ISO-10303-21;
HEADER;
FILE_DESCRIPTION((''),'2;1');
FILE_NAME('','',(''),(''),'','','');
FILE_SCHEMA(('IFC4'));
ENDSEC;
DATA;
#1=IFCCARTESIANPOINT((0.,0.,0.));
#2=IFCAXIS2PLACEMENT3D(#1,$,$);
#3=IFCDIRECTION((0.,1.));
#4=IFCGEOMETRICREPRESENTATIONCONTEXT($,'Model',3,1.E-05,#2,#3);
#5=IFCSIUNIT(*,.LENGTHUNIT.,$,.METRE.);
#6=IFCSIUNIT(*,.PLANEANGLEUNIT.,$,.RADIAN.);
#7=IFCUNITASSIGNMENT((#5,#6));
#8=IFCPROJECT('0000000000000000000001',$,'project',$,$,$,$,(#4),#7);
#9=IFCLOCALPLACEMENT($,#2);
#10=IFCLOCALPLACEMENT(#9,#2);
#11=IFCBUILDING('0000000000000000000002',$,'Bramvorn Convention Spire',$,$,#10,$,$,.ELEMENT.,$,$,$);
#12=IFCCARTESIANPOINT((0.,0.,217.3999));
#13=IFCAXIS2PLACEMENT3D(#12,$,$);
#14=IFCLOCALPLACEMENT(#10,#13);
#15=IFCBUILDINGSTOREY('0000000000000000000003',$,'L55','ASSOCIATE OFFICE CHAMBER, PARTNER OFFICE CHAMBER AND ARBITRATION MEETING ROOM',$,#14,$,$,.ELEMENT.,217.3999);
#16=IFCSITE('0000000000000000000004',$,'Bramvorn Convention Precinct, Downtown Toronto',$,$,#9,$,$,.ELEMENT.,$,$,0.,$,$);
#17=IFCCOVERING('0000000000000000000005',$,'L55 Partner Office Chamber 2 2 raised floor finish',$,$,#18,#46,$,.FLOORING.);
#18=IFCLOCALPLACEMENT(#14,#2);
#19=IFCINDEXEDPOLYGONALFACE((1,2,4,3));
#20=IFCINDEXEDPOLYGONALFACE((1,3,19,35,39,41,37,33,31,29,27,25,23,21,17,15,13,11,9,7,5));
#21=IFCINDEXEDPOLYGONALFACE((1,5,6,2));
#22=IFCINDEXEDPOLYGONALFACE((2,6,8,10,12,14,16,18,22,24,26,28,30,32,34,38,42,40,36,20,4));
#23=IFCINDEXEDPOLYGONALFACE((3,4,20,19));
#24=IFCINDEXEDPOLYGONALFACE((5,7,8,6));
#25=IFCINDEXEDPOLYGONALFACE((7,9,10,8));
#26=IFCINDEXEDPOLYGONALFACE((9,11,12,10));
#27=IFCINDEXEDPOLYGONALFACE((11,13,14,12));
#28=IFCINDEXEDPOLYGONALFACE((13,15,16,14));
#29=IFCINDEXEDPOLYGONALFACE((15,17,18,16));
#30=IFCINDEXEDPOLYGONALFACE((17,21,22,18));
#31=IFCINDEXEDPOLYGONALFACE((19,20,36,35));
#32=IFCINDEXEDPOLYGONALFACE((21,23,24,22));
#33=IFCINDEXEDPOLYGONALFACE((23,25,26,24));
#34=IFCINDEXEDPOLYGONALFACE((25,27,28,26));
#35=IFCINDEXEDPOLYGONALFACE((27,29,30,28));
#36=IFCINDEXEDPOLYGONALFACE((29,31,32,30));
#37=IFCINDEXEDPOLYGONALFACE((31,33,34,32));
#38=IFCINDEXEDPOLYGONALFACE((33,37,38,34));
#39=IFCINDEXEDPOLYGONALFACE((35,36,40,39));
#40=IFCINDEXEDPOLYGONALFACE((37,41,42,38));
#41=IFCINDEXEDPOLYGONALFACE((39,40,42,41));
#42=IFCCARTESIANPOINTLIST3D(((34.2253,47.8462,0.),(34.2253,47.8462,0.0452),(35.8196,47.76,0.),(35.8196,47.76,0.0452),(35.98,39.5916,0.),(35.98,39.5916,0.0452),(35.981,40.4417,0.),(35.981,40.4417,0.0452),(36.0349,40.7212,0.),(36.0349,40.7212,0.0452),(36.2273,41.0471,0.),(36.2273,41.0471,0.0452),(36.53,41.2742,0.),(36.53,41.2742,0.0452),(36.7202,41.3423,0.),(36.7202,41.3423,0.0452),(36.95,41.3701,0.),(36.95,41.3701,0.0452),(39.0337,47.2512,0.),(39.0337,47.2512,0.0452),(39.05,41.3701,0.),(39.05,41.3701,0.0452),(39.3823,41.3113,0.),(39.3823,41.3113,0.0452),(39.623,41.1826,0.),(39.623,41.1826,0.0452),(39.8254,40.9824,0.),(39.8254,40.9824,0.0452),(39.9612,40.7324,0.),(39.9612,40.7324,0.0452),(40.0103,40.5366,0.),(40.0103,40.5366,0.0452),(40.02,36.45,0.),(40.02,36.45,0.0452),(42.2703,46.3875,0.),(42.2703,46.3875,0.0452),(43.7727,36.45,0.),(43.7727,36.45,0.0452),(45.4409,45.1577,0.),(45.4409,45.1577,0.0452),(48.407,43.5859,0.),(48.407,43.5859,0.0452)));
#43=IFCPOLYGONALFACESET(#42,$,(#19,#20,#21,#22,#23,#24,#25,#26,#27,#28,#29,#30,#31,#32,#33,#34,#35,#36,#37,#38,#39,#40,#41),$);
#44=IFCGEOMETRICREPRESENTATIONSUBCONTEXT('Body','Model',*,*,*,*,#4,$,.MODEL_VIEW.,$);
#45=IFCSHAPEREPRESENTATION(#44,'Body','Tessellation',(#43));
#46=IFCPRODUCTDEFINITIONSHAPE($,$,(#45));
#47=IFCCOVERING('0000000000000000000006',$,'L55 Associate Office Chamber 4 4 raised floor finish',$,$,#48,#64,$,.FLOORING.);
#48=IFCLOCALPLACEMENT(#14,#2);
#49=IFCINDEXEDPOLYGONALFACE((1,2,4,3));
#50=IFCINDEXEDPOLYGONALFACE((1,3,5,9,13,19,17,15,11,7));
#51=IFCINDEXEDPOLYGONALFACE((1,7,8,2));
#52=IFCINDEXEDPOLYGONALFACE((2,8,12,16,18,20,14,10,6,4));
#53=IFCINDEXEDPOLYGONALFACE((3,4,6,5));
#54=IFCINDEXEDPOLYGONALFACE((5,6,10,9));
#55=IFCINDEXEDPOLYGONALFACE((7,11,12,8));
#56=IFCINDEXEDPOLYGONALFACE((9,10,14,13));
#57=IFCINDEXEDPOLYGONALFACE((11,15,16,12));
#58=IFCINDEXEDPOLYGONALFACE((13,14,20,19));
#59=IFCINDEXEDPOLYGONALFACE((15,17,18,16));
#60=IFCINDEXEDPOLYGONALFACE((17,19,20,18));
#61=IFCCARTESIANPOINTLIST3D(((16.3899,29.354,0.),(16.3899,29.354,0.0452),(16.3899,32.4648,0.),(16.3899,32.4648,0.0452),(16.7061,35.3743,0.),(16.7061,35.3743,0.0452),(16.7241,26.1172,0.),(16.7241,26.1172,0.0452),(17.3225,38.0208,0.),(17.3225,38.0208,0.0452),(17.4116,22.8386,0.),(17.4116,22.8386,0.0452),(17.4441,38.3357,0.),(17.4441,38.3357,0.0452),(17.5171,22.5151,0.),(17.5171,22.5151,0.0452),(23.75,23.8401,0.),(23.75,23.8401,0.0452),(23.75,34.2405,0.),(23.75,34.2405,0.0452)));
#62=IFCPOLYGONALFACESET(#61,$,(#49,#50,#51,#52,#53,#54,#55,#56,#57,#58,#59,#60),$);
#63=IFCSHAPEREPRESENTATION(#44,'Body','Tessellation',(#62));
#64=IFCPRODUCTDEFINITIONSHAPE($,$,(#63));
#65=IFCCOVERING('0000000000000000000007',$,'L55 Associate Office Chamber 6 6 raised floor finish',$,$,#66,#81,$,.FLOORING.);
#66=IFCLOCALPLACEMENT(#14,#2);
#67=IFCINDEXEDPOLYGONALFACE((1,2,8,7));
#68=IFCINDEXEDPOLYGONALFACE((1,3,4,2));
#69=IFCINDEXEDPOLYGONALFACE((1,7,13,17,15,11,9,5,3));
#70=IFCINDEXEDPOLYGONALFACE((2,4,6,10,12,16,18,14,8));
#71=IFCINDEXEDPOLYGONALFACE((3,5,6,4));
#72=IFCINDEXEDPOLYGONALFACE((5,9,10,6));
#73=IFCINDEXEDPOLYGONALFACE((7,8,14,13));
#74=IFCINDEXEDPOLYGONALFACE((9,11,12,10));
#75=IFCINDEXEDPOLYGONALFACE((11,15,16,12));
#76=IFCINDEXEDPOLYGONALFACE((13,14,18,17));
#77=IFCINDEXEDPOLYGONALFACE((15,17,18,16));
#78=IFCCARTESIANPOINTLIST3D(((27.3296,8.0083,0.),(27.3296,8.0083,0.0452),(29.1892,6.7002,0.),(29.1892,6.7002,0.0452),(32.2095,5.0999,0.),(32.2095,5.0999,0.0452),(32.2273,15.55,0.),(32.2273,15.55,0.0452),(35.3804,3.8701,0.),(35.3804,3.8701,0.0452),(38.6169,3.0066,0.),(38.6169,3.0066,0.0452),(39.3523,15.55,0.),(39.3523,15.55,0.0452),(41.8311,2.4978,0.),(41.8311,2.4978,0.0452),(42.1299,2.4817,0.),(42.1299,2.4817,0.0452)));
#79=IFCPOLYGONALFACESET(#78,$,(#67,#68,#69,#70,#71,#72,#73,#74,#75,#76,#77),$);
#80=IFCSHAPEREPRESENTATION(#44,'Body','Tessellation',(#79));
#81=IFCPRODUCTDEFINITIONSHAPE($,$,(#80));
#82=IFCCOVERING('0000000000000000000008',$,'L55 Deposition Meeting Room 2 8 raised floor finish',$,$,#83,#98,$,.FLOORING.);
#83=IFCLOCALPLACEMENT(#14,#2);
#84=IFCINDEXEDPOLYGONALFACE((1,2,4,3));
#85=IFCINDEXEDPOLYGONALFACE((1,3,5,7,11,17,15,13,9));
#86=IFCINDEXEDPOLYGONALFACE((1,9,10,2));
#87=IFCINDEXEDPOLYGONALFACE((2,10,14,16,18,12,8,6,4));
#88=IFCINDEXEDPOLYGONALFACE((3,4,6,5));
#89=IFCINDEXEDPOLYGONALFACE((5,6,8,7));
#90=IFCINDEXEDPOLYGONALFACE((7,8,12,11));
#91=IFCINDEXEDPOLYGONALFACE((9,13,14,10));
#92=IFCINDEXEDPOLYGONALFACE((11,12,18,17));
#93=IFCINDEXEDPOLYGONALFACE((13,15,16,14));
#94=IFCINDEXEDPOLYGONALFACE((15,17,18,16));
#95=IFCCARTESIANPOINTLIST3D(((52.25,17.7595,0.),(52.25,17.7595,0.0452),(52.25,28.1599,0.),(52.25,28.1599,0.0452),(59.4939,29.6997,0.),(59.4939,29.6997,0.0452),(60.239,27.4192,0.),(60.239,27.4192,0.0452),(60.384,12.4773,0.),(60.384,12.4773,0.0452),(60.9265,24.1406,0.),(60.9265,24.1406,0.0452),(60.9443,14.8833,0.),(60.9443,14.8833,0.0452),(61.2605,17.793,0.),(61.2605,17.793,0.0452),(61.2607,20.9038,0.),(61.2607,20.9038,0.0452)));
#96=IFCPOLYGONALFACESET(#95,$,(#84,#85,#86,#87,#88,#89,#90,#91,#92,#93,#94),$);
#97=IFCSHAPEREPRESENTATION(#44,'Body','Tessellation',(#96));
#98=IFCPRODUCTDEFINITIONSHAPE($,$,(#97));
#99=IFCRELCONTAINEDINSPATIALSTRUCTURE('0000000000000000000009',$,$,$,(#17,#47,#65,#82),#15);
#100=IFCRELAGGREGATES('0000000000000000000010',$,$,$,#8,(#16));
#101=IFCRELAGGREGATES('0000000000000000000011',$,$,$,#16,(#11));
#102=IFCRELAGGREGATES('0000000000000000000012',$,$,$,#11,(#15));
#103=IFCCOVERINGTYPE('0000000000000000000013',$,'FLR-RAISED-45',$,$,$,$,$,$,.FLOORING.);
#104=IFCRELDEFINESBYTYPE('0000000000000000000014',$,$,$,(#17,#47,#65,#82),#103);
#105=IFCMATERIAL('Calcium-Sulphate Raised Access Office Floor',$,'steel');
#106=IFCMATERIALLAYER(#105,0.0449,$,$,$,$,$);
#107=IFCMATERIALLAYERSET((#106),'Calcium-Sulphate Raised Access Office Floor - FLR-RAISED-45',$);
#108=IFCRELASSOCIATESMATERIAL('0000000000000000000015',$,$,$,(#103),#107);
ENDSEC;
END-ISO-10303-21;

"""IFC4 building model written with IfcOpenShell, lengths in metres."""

from ifc_helpers import new_model, si_unit, direction, frame, origin, place, context, subcontext, project, spatial, polyline, outline, extrude, material, layer, layer_set, type_object, element, save


model = new_model("IFC4")

# Units and contexts
model_context = context("Model", 3, precision=1e-05, world=origin(), true_north=direction((0.0, 1.0)))
body_context = subcontext(model_context, "Body", "Model", "MODEL_VIEW")
ifc_project = project(units=[si_unit("LENGTHUNIT", "METRE"), si_unit("PLANEANGLEUNIT", "RADIAN")], contexts=[model_context])

# Site, building, storey
site_placement = place(None, origin())
site = spatial("IfcSite", under=ifc_project, at=site_placement, Name="Bramvorn Convention Precinct, Downtown Toronto", CompositionType="ELEMENT", RefElevation=0.0)
building_placement = place(site_placement, origin())
building = spatial("IfcBuilding", under=site, at=building_placement, Name="Bramvorn Convention Spire", CompositionType="ELEMENT")
storey_placement = place(building_placement, frame((0.0, 0.0, 217.3999)))
storey = spatial("IfcBuildingStorey", under=building, at=storey_placement, Name="L55", Description="ASSOCIATE OFFICE CHAMBER, PARTNER OFFICE CHAMBER AND ARBITRATION MEETING ROOM", CompositionType="ELEMENT", Elevation=217.3999)

# Coverings
ifc_material_1 = material(Name="Calcium-Sulphate Raised Access Office Floor", Category="steel")
ifc_layer_1 = layer(ifc_material_1, 0.0449)
ifc_layer_set_1 = layer_set([ifc_layer_1], Name="Calcium-Sulphate Raised Access Office Floor - FLR-RAISED-45")
covering_type = type_object("IfcCoveringType", Name="FLR-RAISED-45", PredefinedType="FLOORING", material=ifc_layer_set_1)
covering_1_placement = place(storey_placement, origin())
element("IfcCovering", 1, at=covering_1_placement, inside=storey, type_object=covering_type, Name="L55 Partner Office Chamber 2 2 raised floor finish", PredefinedType="FLOORING", context=body_context, shape_type="SweptSolid", body=[
    extrude(outline(polyline([(35.981, 40.4417), (36.0349, 40.7212), (36.2273, 41.0471), (36.53, 41.2742), (36.7202, 41.3423), (36.95, 41.3701), (39.05, 41.3701), (39.3823, 41.3113), (39.623, 41.1826), (39.8254, 40.9824), (39.9612, 40.7324), (40.0103, 40.5366), (40.02, 36.45), (43.7727, 36.45), (48.407, 43.5859), (45.4409, 45.1577), (42.2703, 46.3875), (39.0337, 47.2512), (35.8196, 47.76), (34.2253, 47.8462), (35.98, 39.5916), (35.981, 40.4417)])), origin(), (0.0, 0.0, 1.0), 0.0452),
])
covering_2_placement = place(storey_placement, origin())
element("IfcCovering", 2, at=covering_2_placement, inside=storey, type_object=covering_type, Name="L55 Associate Office Chamber 4 4 raised floor finish", PredefinedType="FLOORING", context=body_context, shape_type="SweptSolid", body=[
    extrude(outline(polyline([(17.4116, 22.8386), (17.5171, 22.5151), (23.75, 23.8401), (23.75, 34.2405), (17.4441, 38.3357), (17.3225, 38.0208), (16.7061, 35.3743), (16.3899, 32.4648), (16.3899, 29.354), (16.7241, 26.1172), (17.4116, 22.8386)])), origin(), (0.0, 0.0, 1.0), 0.0452),
])
covering_3_placement = place(storey_placement, origin())
element("IfcCovering", 3, at=covering_3_placement, inside=storey, type_object=covering_type, Name="L55 Associate Office Chamber 6 6 raised floor finish", PredefinedType="FLOORING", context=body_context, shape_type="SweptSolid", body=[
    extrude(outline(polyline([(41.8311, 2.4978), (42.1299, 2.4817), (39.3523, 15.55), (32.2273, 15.55), (27.3296, 8.0083), (29.1892, 6.7002), (32.2095, 5.0999), (35.3804, 3.8701), (38.6169, 3.0066), (41.8311, 2.4978)])), origin(), (0.0, 0.0, 1.0), 0.0452),
])
covering_4_placement = place(storey_placement, origin())
element("IfcCovering", 4, at=covering_4_placement, inside=storey, type_object=covering_type, Name="L55 Deposition Meeting Room 2 8 raised floor finish", PredefinedType="FLOORING", context=body_context, shape_type="SweptSolid", body=[
    extrude(outline(polyline([(60.9443, 14.8833), (61.2605, 17.793), (61.2607, 20.9038), (60.9265, 24.1406), (60.239, 27.4192), (59.4939, 29.6997), (52.25, 28.1599), (52.25, 17.7595), (60.384, 12.4773), (60.9443, 14.8833)])), origin(), (0.0, 0.0, 1.0), 0.0452),
])

save(model, "model.ifc")
